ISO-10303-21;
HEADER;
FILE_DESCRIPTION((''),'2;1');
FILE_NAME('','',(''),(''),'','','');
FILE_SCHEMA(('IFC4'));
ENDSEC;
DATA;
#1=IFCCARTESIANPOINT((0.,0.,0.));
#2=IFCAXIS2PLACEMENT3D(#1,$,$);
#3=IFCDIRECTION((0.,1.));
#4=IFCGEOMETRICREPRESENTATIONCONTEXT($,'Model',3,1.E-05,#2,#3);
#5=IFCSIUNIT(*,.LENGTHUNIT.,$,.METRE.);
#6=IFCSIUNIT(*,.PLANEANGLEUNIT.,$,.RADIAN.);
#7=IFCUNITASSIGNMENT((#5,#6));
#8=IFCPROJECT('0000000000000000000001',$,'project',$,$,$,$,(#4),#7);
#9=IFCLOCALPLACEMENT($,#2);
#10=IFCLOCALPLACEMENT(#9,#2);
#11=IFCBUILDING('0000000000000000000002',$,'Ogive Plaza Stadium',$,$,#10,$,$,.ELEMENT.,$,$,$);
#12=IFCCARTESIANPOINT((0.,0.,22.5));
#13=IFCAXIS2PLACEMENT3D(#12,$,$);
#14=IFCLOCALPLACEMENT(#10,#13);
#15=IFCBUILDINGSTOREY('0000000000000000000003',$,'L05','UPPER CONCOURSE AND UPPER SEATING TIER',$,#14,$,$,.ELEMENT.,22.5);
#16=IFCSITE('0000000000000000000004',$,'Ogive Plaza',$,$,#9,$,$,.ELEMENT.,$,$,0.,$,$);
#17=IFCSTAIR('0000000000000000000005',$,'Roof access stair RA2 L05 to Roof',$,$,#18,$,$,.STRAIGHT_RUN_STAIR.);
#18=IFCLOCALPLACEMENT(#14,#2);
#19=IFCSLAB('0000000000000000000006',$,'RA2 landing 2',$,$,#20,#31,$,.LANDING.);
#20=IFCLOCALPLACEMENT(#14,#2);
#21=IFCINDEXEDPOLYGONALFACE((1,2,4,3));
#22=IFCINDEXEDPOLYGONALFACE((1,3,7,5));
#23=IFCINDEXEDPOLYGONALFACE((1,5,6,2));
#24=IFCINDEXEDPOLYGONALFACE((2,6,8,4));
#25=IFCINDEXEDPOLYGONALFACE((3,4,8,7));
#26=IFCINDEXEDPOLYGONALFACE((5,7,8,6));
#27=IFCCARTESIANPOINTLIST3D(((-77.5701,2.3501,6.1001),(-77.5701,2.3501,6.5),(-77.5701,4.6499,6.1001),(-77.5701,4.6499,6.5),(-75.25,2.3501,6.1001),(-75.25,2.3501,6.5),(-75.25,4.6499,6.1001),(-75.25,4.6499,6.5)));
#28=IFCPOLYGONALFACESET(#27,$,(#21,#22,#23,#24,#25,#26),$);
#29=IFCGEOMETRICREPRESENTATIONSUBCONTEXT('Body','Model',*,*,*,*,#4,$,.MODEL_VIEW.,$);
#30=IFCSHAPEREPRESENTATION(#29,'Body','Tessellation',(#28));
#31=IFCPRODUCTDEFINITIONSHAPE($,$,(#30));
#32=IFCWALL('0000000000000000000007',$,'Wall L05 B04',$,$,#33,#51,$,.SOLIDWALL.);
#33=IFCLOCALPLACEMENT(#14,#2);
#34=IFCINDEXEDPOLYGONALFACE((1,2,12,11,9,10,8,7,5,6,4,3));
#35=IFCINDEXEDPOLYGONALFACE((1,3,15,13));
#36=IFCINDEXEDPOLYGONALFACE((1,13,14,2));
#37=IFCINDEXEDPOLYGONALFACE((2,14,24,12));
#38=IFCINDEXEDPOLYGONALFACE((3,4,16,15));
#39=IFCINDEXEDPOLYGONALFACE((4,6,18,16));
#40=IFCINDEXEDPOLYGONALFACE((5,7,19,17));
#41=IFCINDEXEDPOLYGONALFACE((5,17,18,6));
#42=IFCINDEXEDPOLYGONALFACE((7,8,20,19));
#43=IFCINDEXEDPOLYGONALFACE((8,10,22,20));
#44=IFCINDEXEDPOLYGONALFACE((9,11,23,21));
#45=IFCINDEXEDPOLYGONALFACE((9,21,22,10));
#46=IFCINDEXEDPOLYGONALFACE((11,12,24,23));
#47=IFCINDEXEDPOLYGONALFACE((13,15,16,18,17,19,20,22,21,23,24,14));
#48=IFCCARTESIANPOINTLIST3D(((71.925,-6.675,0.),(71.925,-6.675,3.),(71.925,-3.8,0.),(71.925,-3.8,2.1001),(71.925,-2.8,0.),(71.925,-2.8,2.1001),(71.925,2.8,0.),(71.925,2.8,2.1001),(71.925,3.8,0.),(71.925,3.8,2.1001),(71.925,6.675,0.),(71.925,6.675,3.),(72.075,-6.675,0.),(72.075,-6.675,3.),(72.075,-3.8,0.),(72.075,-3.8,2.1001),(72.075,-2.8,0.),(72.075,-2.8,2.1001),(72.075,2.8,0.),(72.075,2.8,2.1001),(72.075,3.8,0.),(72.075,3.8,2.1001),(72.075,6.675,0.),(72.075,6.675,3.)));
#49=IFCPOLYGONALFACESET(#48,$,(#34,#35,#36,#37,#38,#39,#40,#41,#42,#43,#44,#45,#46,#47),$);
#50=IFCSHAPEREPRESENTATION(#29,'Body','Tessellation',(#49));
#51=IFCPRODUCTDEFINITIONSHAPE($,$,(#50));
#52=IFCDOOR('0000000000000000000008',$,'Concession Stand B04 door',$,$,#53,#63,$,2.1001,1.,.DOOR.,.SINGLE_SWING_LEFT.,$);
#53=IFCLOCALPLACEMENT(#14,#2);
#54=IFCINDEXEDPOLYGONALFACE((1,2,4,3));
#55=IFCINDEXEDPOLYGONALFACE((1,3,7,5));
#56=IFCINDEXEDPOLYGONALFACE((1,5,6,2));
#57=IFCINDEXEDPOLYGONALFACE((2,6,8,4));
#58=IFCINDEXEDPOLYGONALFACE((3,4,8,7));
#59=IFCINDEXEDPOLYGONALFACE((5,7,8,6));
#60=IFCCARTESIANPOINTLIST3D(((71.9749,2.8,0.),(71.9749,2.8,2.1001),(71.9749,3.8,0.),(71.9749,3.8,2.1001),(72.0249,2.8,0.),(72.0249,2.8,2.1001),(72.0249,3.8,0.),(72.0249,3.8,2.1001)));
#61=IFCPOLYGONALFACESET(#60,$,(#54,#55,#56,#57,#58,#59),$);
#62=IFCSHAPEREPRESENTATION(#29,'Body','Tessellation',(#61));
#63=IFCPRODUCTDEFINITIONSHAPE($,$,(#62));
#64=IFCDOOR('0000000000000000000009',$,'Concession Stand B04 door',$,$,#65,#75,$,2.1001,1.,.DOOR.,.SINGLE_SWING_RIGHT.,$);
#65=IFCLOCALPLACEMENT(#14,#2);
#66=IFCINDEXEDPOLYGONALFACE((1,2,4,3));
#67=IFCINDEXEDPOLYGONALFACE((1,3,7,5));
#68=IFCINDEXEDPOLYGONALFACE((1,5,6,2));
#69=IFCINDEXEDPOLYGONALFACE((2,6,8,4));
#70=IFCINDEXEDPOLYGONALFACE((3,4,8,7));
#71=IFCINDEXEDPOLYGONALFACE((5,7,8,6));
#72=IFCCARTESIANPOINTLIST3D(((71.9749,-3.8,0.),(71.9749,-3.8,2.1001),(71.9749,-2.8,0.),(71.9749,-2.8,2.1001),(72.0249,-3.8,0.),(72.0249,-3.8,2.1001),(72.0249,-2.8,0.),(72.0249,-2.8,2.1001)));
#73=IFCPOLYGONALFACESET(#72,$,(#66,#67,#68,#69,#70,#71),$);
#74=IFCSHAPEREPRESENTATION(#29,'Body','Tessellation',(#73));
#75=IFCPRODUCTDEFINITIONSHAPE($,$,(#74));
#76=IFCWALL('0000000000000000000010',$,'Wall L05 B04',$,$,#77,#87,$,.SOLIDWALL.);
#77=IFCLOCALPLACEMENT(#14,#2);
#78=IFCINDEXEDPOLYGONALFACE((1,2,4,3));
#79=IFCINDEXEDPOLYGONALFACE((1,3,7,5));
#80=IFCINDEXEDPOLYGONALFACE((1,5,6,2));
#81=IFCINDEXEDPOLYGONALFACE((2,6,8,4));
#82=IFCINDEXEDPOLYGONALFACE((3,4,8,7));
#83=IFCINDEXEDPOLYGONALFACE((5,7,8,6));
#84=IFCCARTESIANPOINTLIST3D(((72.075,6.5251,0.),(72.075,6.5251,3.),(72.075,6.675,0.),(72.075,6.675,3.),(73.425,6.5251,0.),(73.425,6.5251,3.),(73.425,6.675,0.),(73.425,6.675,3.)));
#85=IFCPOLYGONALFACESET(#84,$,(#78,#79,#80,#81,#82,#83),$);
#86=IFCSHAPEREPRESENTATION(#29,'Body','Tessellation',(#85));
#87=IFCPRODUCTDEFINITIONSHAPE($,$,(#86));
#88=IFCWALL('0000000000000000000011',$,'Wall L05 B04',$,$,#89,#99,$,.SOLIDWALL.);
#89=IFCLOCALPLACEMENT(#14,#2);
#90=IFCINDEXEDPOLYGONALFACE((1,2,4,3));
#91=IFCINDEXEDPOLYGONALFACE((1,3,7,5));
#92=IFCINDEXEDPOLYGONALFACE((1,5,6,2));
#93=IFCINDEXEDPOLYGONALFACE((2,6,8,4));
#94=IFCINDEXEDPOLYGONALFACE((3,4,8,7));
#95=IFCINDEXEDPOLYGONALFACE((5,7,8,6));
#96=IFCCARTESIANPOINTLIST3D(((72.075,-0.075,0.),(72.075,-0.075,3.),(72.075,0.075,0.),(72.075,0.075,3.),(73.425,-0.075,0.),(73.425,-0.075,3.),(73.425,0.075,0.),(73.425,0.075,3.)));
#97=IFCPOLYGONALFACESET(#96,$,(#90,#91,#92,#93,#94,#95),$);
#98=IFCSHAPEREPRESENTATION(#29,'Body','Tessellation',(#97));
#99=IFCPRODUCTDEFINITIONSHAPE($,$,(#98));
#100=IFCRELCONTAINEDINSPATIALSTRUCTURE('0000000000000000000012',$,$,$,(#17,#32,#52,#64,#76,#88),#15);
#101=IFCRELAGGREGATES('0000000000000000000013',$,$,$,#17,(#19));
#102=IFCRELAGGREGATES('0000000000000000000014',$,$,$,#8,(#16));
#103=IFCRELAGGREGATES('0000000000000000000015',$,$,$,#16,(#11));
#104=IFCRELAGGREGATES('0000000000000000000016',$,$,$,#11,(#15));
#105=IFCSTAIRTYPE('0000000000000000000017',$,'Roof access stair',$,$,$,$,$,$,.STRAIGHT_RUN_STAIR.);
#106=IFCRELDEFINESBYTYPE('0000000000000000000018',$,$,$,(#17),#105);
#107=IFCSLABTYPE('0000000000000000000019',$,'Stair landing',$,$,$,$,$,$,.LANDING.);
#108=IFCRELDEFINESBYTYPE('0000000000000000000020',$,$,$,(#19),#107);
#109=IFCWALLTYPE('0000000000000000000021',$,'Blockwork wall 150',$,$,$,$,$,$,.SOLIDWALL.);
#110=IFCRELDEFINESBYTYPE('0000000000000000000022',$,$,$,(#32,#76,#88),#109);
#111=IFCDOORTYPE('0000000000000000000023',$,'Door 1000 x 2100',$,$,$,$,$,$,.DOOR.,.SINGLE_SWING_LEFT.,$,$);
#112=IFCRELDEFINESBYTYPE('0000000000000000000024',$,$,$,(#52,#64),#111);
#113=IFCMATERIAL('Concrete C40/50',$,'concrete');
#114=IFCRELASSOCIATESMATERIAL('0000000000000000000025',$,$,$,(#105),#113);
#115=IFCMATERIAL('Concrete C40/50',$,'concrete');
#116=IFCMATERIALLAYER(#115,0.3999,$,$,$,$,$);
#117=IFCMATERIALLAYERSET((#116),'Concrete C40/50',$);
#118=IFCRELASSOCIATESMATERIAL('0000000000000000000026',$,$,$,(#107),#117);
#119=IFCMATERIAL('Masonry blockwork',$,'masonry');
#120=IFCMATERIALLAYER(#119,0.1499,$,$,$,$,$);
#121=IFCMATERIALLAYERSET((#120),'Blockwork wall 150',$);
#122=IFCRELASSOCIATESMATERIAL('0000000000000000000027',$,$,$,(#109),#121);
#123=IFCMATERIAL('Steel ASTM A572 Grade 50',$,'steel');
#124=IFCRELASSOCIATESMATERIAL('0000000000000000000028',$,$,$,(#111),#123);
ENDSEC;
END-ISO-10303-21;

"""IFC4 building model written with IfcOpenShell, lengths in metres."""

from ifc_helpers import new_model, si_unit, direction, frame, frame_2d, origin, place, context, subcontext, project, spatial, polyline, rectangle, outline, extrude, material, layer, layer_set, type_object, element, fill, aggregate, save


model = new_model("IFC4")

# Units and contexts
model_context = context("Model", 3, precision=1e-05, world=origin(), true_north=direction((0.0, 1.0)))
body_context = subcontext(model_context, "Body", "Model", "MODEL_VIEW")
ifc_project = project(units=[si_unit("LENGTHUNIT", "METRE"), si_unit("PLANEANGLEUNIT", "RADIAN")], contexts=[model_context])

# Site, building, storey
site_placement = place(None, origin())
site = spatial("IfcSite", under=ifc_project, at=site_placement, Name="Ogive Plaza", CompositionType="ELEMENT", RefElevation=0.0)
building_placement = place(site_placement, origin())
building = spatial("IfcBuilding", under=site, at=building_placement, Name="Ogive Plaza Stadium", CompositionType="ELEMENT")
storey_placement = place(building_placement, frame((0.0, 0.0, 22.5)))
storey = spatial("IfcBuildingStorey", under=building, at=storey_placement, Name="L05", Description="UPPER CONCOURSE AND UPPER SEATING TIER", CompositionType="ELEMENT", Elevation=22.5)

# Stair, slab
ifc_material_1 = material(Name="Concrete C40/50", Category="concrete")
stair_type = type_object("IfcStairType", Name="Roof access stair", PredefinedType="STRAIGHT_RUN_STAIR", material=ifc_material_1)
ifc_material_2 = material(Name="Concrete C40/50", Category="concrete")
ifc_layer_1 = layer(ifc_material_2, 0.3999)
ifc_layer_set_1 = layer_set([ifc_layer_1], Name="Concrete C40/50")
slab_type_1 = type_object("IfcSlabType", Name="Stair landing", PredefinedType="LANDING", material=ifc_layer_set_1)
stair_1_placement = place(storey_placement, origin())
stair_1 = element("IfcStair", 1, at=stair_1_placement, inside=storey, type_object=stair_type, Name="Roof access stair RA2 L05 to Roof", PredefinedType="STRAIGHT_RUN_STAIR")
slab_1_placement = place(storey_placement, frame((0.0, 0.0, 6.1001)))
slab_1 = element("IfcSlab", 2, at=slab_1_placement, type_object=slab_type_1, Name="RA2 landing 2", PredefinedType="LANDING", context=body_context, shape_type="SweptSolid", body=[
    extrude(outline(polyline([(-75.25, 4.6499), (-77.5701, 4.6499), (-77.5701, 2.3501), (-75.25, 2.3501), (-75.25, 4.6499)])), origin(), (0.0, 0.0, 1.0), 0.3999),
])
aggregate(stair_1, [slab_1])

# Wall, openings, doors
ifc_material_3 = material(Name="Masonry blockwork", Category="masonry")
ifc_layer_2 = layer(ifc_material_3, 0.1499)
ifc_layer_set_2 = layer_set([ifc_layer_2], Name="Blockwork wall 150")
wall_type_1 = type_object("IfcWallType", Name="Blockwork wall 150", PredefinedType="SOLIDWALL", material=ifc_layer_set_2)
wall_1_placement = place(storey_placement, frame((72.0, 6.675, 0.0), z_axis=(0.0, 0.0, 1.0), x_axis=(0.0, -1.0, 0.0)))
wall_1 = element("IfcWall", 3, at=wall_1_placement, inside=storey, type_object=wall_type_1, Name="Wall L05 B04", PredefinedType="SOLIDWALL", context=body_context, shape_type="SweptSolid", body=[
    extrude(rectangle(XDim=13.3501, YDim=0.1499, at=frame_2d((6.675, 0.0))), origin(), (0.0, 0.0, 1.0), 3.0),
])
opening_1_placement = place(wall_1_placement, frame((2.875, 0.0, 0.0)))
opening_1 = element("IfcOpeningElement", 4, at=opening_1_placement, cuts=wall_1, PredefinedType="OPENING", context=body_context, shape_type="SweptSolid", body=[
    extrude(rectangle(XDim=1.0, YDim=2.1001, at=frame_2d((0.5, 1.05))), frame((0.0, 0.075, 0.0), z_axis=(0.0, -1.0, 0.0), x_axis=(1.0, 0.0, 0.0)), (0.0, 0.0, 1.0), 0.1499),
])
opening_2_placement = place(wall_1_placement, frame((9.4751, 0.0, 0.0)))
opening_2 = element("IfcOpeningElement", 5, at=opening_2_placement, cuts=wall_1, PredefinedType="OPENING", context=body_context, shape_type="SweptSolid", body=[
    extrude(rectangle(XDim=1.0, YDim=2.1001, at=frame_2d((0.5, 1.05))), frame((0.0, 0.075, 0.0), z_axis=(0.0, -1.0, 0.0), x_axis=(1.0, 0.0, 0.0)), (0.0, 0.0, 1.0), 0.1499),
])
ifc_material_4 = material(Name="Steel ASTM A572 Grade 50", Category="steel")
door_type_1 = type_object("IfcDoorType", Name="Door 1000 x 2100", OperationType="SINGLE_SWING_LEFT", PredefinedType="DOOR", material=ifc_material_4)
door_1_placement = place(opening_1_placement, origin())
door_1 = element("IfcDoor", 6, at=door_1_placement, inside=storey, type_object=door_type_1, Name="Concession Stand B04 door", OperationType="SINGLE_SWING_LEFT", OverallHeight=2.1001, OverallWidth=1.0, PredefinedType="DOOR", context=body_context, shape_type="SweptSolid", body=[
    extrude(rectangle(XDim=1.0, YDim=2.1001, at=frame_2d((0.5, 1.05))), frame((0.0, 0.0249, 0.0), z_axis=(0.0, -1.0, 0.0), x_axis=(1.0, 0.0, 0.0)), (0.0, 0.0, 1.0), 0.05),
])
fill(opening_1, door_1)
door_2_placement = place(opening_2_placement, origin())
door_2 = element("IfcDoor", 7, at=door_2_placement, inside=storey, type_object=door_type_1, Name="Concession Stand B04 door", OperationType="SINGLE_SWING_RIGHT", OverallHeight=2.1001, OverallWidth=1.0, PredefinedType="DOOR", context=body_context, shape_type="SweptSolid", body=[
    extrude(rectangle(XDim=1.0, YDim=2.1001, at=frame_2d((0.5, 1.05))), frame((0.0, 0.0249, 0.0), z_axis=(0.0, -1.0, 0.0), x_axis=(1.0, 0.0, 0.0)), (0.0, 0.0, 1.0), 0.05),
])
fill(opening_2, door_2)

# Walls
for number, where, z_axis, x_axis, name in (
    (8, (72.075, 6.6001, 0.0), (0.0, 0.0, 1.0), (1.0, 0.0, 0.0), "Wall L05 B04"),
    (9, (72.075, 0.0, 0.0), (0.0, 0.0, 1.0), (1.0, 0.0, 0.0), "Wall L05 B04"),
):
    element("IfcWall", number, at=place(storey_placement, frame(where, z_axis=z_axis, x_axis=x_axis)), inside=storey, type_object=wall_type_1, Name=name, PredefinedType="SOLIDWALL", context=body_context, shape_type="SweptSolid", body=[
        extrude(rectangle(XDim=1.3501, YDim=0.1499, at=frame_2d((0.675, 0.0))), origin(), (0.0, 0.0, 1.0), 3.0),
    ])

save(model, "model.ifc")
